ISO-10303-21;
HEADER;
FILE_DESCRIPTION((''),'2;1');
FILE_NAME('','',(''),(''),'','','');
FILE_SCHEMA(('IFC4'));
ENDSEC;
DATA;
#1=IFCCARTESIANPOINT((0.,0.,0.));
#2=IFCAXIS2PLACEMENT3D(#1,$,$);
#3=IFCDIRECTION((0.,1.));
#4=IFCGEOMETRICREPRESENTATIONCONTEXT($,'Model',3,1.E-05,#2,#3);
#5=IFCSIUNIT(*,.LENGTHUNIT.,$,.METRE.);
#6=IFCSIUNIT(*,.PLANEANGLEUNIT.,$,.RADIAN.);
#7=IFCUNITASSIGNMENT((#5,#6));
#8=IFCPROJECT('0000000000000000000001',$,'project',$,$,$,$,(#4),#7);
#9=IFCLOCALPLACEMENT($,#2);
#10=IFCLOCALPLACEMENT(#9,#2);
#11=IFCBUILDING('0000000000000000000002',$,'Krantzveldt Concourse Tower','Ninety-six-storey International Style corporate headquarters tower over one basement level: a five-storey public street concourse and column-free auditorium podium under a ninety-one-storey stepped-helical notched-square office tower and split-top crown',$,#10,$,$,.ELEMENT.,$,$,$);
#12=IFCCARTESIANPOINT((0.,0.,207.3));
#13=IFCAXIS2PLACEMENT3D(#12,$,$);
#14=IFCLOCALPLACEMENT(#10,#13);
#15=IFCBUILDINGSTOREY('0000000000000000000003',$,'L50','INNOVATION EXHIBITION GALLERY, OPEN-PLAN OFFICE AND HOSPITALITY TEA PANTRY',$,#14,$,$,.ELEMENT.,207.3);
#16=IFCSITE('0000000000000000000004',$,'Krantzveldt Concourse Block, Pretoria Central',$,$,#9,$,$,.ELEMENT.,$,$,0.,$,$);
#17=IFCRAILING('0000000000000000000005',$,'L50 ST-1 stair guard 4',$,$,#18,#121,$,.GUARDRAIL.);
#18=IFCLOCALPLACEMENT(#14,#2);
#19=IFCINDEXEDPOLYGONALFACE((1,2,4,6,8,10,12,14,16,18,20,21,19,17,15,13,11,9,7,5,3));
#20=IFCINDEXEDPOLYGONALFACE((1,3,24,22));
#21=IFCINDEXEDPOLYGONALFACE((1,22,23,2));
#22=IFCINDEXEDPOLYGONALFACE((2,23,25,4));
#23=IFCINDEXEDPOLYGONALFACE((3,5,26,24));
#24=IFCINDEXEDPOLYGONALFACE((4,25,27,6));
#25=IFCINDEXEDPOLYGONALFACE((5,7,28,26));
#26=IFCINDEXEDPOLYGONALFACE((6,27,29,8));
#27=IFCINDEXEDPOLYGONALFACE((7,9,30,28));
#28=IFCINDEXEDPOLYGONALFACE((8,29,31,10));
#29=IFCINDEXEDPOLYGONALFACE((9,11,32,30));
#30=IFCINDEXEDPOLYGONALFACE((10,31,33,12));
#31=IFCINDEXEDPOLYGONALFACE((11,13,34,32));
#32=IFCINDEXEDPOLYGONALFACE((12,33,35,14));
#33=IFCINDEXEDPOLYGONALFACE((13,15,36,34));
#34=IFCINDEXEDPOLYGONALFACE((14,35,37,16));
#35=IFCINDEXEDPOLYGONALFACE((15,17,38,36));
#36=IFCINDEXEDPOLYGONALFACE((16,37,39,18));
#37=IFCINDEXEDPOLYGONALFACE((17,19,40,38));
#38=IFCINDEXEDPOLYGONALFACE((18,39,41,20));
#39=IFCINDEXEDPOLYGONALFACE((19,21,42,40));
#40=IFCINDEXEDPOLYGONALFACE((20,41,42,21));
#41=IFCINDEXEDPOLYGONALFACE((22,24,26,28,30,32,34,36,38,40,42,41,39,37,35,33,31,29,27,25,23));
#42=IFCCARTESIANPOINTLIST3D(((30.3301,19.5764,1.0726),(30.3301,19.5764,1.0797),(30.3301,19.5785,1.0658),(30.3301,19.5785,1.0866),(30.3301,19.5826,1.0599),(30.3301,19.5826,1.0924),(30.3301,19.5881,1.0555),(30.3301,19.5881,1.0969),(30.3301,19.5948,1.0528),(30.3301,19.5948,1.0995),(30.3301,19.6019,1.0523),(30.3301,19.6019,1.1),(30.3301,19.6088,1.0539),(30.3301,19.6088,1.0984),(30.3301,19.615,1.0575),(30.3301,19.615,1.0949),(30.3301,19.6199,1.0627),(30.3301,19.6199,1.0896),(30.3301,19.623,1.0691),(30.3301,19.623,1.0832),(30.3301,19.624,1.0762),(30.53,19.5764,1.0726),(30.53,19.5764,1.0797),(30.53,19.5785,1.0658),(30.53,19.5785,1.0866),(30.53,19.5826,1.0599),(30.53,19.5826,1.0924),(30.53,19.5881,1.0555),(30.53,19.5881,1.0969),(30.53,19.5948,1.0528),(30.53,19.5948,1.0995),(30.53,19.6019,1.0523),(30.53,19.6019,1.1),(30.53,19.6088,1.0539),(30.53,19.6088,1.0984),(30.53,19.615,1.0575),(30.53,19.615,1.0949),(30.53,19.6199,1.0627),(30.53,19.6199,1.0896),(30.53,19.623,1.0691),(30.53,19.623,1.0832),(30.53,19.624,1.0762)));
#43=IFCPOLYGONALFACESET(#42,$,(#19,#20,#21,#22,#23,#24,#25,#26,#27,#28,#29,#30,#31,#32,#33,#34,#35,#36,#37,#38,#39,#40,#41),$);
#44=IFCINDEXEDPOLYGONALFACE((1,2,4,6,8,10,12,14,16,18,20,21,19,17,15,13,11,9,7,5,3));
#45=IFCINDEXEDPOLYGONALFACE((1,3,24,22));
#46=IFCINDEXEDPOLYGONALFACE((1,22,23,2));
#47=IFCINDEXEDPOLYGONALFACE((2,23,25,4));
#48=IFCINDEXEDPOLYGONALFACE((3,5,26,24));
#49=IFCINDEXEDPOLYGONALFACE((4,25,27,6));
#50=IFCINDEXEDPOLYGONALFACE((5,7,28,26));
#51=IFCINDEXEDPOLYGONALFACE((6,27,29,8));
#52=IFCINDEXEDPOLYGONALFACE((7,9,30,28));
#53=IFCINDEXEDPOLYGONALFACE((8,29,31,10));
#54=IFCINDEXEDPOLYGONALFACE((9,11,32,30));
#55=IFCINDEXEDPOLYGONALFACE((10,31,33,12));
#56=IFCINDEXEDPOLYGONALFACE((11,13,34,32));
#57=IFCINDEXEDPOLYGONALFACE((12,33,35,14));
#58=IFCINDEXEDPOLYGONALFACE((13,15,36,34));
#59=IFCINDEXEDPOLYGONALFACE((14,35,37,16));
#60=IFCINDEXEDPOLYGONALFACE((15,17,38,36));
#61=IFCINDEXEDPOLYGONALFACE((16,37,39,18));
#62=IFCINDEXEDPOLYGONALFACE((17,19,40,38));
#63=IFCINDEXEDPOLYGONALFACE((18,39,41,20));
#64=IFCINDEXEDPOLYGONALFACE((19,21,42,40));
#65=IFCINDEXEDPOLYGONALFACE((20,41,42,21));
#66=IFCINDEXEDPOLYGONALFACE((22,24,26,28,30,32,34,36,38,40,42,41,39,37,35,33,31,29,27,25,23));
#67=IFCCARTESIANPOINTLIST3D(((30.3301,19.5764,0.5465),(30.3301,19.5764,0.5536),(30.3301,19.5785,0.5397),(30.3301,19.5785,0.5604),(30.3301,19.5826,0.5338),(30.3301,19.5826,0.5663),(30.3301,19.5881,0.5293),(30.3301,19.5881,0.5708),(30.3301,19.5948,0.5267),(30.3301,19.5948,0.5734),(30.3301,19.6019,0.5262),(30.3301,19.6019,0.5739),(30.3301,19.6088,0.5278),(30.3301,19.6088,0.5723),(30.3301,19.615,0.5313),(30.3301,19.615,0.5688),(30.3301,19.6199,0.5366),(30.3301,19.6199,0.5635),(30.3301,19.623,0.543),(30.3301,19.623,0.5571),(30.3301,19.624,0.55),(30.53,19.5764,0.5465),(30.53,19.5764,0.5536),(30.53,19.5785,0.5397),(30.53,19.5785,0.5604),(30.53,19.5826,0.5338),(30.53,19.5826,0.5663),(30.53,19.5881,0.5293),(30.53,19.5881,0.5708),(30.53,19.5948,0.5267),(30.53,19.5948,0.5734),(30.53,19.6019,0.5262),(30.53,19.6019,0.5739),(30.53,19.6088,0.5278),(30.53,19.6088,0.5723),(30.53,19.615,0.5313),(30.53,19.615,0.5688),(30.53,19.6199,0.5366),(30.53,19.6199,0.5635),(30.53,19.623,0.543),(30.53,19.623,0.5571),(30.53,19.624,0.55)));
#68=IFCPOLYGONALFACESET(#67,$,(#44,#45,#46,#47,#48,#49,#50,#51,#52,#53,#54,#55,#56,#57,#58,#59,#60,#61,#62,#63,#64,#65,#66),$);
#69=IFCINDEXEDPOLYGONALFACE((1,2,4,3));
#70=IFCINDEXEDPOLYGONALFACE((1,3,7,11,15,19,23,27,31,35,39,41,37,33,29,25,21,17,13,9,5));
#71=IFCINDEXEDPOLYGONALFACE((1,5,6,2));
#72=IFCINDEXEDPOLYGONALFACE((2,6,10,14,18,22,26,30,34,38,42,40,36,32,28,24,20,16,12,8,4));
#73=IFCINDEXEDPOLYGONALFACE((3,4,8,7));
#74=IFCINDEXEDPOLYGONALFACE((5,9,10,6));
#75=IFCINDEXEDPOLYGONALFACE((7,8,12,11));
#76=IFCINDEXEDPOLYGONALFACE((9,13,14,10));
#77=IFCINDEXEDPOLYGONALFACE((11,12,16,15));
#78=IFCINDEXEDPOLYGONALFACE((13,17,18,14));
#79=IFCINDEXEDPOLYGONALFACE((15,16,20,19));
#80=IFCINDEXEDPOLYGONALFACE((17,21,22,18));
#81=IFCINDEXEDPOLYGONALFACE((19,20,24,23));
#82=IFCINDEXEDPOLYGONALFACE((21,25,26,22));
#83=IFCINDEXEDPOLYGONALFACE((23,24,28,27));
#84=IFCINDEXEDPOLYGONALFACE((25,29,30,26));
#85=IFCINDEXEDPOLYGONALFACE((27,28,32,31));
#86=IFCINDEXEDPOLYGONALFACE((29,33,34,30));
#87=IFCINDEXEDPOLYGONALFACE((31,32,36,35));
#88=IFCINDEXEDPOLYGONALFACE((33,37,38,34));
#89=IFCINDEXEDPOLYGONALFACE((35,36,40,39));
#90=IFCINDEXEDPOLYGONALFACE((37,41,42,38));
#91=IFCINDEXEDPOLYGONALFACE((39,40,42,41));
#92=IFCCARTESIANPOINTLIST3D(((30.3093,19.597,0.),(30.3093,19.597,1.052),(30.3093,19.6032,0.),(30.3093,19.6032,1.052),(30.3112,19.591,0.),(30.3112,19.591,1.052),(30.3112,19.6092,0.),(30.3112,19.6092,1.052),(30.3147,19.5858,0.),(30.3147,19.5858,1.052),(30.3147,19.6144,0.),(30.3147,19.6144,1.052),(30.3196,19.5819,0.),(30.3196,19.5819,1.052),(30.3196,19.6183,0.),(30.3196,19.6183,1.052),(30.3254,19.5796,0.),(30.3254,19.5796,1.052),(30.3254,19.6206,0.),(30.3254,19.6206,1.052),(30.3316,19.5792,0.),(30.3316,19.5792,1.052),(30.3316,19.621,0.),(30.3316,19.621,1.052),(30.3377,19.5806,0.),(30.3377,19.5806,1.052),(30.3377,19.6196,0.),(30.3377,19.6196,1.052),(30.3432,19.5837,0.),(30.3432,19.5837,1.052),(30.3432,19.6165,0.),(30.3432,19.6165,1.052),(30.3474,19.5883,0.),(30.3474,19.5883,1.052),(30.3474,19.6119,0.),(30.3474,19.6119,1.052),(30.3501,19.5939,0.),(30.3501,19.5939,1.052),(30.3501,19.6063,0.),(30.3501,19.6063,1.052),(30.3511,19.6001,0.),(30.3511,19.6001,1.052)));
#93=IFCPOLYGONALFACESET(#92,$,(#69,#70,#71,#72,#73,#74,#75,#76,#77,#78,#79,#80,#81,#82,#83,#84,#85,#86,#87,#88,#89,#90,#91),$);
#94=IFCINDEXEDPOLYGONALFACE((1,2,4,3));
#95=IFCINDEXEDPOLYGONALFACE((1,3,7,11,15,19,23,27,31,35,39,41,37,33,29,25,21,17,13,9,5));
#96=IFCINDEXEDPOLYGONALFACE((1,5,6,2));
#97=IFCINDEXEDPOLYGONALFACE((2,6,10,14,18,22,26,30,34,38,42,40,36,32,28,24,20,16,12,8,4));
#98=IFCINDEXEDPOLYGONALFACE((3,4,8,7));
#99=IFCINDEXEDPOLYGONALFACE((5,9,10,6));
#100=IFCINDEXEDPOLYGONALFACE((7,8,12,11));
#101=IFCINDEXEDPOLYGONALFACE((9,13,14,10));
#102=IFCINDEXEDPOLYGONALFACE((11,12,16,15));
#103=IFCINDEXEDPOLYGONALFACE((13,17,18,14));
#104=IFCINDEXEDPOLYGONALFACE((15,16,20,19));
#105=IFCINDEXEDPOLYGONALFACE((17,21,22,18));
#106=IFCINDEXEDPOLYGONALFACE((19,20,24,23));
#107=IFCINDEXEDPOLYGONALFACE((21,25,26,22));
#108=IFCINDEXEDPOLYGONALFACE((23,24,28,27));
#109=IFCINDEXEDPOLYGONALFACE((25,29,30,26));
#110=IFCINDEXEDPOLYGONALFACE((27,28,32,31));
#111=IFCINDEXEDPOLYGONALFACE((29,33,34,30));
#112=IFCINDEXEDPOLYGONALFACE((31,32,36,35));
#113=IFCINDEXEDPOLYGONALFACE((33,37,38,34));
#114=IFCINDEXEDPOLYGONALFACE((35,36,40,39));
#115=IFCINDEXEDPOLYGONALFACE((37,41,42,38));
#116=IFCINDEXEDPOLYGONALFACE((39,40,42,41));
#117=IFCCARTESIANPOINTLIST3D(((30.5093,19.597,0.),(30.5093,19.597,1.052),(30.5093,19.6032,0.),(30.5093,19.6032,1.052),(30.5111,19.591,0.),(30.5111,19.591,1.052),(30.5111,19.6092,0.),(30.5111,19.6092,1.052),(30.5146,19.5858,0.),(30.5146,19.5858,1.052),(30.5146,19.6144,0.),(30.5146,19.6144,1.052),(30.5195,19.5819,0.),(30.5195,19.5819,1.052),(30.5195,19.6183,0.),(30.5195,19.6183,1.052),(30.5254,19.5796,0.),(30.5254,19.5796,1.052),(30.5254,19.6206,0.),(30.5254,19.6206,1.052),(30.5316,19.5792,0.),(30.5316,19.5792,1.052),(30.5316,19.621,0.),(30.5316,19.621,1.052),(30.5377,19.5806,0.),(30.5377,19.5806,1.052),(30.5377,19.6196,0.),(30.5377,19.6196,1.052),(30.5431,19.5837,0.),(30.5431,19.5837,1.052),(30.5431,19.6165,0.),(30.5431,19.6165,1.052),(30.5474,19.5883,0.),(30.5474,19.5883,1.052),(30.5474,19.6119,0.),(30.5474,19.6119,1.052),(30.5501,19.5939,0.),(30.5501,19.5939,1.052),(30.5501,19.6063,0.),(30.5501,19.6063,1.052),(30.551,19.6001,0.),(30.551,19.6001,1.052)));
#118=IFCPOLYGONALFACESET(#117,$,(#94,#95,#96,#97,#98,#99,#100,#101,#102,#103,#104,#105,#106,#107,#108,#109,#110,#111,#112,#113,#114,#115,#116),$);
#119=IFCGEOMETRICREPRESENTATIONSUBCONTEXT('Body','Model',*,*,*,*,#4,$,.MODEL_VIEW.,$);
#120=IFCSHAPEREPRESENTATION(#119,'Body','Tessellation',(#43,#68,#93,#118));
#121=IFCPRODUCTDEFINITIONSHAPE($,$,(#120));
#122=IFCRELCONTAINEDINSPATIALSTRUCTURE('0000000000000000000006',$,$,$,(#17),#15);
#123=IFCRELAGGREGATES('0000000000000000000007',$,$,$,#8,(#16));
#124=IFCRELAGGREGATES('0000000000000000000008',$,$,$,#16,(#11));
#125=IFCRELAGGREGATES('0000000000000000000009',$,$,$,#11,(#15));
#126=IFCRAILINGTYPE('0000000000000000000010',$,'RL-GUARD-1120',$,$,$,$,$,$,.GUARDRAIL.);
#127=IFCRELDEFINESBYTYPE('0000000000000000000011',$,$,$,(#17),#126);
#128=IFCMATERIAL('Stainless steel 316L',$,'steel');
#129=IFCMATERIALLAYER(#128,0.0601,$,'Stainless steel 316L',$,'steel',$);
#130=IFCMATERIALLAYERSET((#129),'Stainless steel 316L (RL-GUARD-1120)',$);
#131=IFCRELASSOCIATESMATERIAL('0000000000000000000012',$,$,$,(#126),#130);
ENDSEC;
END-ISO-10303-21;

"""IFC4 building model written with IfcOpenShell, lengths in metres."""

from ifc_helpers import new_model, si_unit, direction, frame, origin, origin_2d, place, context, subcontext, project, spatial, circle, extrude, material, layer, layer_set, type_object, element, save


model = new_model("IFC4")

# Units and contexts
model_context = context("Model", 3, precision=1e-05, world=origin(), true_north=direction((0.0, 1.0)))
body_context = subcontext(model_context, "Body", "Model", "MODEL_VIEW")
ifc_project = project(units=[si_unit("LENGTHUNIT", "METRE"), si_unit("PLANEANGLEUNIT", "RADIAN")], contexts=[model_context])

# Site, building, storey
site_placement = place(None, origin())
site = spatial("IfcSite", under=ifc_project, at=site_placement, Name="Krantzveldt Concourse Block, Pretoria Central", CompositionType="ELEMENT", RefElevation=0.0)
building_placement = place(site_placement, origin())
building = spatial("IfcBuilding", under=site, at=building_placement, Name="Krantzveldt Concourse Tower", Description="Ninety-six-storey International Style corporate headquarters tower over one basement level: a five-storey public street concourse and column-free auditorium podium under a ninety-one-storey stepped-helical notched-square office tower and split-top crown", CompositionType="ELEMENT")
storey_placement = place(building_placement, frame((0.0, 0.0, 207.3)))
storey = spatial("IfcBuildingStorey", under=building, at=storey_placement, Name="L50", Description="INNOVATION EXHIBITION GALLERY, OPEN-PLAN OFFICE AND HOSPITALITY TEA PANTRY", CompositionType="ELEMENT", Elevation=207.3)

# Shared definitions
ifc_material_1 = material(Name="Stainless steel 316L", Category="steel")

# Railing
ifc_layer_1 = layer(ifc_material_1, 0.0601, Name="Stainless steel 316L", Category="steel")
ifc_layer_set_1 = layer_set([ifc_layer_1], Name="Stainless steel 316L (RL-GUARD-1120)")
railing_type_1 = type_object("IfcRailingType", Name="RL-GUARD-1120", PredefinedType="GUARDRAIL", material=ifc_layer_set_1)
railing_1_placement = place(storey_placement, frame((30.3301, 19.6001, 0.0)))
element("IfcRailing", 1, at=railing_1_placement, inside=storey, type_object=railing_type_1, Name="L50 ST-1 stair guard 4", PredefinedType="GUARDRAIL", context=body_context, shape_type="SweptSolid", body=[
    extrude(circle(Radius=0.0239, at=origin_2d()), frame((0.0, 0.0, 1.0762), z_axis=(1.0, 0.0, 0.0), x_axis=(0.0, 1.0, 0.0)), (0.0, 0.0, 1.0), 0.2),
    extrude(circle(Radius=0.0239, at=origin_2d()), frame((0.0, 0.0, 0.55), z_axis=(1.0, 0.0, 0.0), x_axis=(0.0, 1.0, 0.0)), (0.0, 0.0, 1.0), 0.2),
    extrude(circle(Radius=0.021, at=origin_2d()), origin(), (0.0, 0.0, 1.0), 1.052),
    extrude(circle(Radius=0.021, at=origin_2d()), frame((0.2, 0.0, 0.0)), (0.0, 0.0, 1.0), 1.052),
])

save(model, "model.ifc")
